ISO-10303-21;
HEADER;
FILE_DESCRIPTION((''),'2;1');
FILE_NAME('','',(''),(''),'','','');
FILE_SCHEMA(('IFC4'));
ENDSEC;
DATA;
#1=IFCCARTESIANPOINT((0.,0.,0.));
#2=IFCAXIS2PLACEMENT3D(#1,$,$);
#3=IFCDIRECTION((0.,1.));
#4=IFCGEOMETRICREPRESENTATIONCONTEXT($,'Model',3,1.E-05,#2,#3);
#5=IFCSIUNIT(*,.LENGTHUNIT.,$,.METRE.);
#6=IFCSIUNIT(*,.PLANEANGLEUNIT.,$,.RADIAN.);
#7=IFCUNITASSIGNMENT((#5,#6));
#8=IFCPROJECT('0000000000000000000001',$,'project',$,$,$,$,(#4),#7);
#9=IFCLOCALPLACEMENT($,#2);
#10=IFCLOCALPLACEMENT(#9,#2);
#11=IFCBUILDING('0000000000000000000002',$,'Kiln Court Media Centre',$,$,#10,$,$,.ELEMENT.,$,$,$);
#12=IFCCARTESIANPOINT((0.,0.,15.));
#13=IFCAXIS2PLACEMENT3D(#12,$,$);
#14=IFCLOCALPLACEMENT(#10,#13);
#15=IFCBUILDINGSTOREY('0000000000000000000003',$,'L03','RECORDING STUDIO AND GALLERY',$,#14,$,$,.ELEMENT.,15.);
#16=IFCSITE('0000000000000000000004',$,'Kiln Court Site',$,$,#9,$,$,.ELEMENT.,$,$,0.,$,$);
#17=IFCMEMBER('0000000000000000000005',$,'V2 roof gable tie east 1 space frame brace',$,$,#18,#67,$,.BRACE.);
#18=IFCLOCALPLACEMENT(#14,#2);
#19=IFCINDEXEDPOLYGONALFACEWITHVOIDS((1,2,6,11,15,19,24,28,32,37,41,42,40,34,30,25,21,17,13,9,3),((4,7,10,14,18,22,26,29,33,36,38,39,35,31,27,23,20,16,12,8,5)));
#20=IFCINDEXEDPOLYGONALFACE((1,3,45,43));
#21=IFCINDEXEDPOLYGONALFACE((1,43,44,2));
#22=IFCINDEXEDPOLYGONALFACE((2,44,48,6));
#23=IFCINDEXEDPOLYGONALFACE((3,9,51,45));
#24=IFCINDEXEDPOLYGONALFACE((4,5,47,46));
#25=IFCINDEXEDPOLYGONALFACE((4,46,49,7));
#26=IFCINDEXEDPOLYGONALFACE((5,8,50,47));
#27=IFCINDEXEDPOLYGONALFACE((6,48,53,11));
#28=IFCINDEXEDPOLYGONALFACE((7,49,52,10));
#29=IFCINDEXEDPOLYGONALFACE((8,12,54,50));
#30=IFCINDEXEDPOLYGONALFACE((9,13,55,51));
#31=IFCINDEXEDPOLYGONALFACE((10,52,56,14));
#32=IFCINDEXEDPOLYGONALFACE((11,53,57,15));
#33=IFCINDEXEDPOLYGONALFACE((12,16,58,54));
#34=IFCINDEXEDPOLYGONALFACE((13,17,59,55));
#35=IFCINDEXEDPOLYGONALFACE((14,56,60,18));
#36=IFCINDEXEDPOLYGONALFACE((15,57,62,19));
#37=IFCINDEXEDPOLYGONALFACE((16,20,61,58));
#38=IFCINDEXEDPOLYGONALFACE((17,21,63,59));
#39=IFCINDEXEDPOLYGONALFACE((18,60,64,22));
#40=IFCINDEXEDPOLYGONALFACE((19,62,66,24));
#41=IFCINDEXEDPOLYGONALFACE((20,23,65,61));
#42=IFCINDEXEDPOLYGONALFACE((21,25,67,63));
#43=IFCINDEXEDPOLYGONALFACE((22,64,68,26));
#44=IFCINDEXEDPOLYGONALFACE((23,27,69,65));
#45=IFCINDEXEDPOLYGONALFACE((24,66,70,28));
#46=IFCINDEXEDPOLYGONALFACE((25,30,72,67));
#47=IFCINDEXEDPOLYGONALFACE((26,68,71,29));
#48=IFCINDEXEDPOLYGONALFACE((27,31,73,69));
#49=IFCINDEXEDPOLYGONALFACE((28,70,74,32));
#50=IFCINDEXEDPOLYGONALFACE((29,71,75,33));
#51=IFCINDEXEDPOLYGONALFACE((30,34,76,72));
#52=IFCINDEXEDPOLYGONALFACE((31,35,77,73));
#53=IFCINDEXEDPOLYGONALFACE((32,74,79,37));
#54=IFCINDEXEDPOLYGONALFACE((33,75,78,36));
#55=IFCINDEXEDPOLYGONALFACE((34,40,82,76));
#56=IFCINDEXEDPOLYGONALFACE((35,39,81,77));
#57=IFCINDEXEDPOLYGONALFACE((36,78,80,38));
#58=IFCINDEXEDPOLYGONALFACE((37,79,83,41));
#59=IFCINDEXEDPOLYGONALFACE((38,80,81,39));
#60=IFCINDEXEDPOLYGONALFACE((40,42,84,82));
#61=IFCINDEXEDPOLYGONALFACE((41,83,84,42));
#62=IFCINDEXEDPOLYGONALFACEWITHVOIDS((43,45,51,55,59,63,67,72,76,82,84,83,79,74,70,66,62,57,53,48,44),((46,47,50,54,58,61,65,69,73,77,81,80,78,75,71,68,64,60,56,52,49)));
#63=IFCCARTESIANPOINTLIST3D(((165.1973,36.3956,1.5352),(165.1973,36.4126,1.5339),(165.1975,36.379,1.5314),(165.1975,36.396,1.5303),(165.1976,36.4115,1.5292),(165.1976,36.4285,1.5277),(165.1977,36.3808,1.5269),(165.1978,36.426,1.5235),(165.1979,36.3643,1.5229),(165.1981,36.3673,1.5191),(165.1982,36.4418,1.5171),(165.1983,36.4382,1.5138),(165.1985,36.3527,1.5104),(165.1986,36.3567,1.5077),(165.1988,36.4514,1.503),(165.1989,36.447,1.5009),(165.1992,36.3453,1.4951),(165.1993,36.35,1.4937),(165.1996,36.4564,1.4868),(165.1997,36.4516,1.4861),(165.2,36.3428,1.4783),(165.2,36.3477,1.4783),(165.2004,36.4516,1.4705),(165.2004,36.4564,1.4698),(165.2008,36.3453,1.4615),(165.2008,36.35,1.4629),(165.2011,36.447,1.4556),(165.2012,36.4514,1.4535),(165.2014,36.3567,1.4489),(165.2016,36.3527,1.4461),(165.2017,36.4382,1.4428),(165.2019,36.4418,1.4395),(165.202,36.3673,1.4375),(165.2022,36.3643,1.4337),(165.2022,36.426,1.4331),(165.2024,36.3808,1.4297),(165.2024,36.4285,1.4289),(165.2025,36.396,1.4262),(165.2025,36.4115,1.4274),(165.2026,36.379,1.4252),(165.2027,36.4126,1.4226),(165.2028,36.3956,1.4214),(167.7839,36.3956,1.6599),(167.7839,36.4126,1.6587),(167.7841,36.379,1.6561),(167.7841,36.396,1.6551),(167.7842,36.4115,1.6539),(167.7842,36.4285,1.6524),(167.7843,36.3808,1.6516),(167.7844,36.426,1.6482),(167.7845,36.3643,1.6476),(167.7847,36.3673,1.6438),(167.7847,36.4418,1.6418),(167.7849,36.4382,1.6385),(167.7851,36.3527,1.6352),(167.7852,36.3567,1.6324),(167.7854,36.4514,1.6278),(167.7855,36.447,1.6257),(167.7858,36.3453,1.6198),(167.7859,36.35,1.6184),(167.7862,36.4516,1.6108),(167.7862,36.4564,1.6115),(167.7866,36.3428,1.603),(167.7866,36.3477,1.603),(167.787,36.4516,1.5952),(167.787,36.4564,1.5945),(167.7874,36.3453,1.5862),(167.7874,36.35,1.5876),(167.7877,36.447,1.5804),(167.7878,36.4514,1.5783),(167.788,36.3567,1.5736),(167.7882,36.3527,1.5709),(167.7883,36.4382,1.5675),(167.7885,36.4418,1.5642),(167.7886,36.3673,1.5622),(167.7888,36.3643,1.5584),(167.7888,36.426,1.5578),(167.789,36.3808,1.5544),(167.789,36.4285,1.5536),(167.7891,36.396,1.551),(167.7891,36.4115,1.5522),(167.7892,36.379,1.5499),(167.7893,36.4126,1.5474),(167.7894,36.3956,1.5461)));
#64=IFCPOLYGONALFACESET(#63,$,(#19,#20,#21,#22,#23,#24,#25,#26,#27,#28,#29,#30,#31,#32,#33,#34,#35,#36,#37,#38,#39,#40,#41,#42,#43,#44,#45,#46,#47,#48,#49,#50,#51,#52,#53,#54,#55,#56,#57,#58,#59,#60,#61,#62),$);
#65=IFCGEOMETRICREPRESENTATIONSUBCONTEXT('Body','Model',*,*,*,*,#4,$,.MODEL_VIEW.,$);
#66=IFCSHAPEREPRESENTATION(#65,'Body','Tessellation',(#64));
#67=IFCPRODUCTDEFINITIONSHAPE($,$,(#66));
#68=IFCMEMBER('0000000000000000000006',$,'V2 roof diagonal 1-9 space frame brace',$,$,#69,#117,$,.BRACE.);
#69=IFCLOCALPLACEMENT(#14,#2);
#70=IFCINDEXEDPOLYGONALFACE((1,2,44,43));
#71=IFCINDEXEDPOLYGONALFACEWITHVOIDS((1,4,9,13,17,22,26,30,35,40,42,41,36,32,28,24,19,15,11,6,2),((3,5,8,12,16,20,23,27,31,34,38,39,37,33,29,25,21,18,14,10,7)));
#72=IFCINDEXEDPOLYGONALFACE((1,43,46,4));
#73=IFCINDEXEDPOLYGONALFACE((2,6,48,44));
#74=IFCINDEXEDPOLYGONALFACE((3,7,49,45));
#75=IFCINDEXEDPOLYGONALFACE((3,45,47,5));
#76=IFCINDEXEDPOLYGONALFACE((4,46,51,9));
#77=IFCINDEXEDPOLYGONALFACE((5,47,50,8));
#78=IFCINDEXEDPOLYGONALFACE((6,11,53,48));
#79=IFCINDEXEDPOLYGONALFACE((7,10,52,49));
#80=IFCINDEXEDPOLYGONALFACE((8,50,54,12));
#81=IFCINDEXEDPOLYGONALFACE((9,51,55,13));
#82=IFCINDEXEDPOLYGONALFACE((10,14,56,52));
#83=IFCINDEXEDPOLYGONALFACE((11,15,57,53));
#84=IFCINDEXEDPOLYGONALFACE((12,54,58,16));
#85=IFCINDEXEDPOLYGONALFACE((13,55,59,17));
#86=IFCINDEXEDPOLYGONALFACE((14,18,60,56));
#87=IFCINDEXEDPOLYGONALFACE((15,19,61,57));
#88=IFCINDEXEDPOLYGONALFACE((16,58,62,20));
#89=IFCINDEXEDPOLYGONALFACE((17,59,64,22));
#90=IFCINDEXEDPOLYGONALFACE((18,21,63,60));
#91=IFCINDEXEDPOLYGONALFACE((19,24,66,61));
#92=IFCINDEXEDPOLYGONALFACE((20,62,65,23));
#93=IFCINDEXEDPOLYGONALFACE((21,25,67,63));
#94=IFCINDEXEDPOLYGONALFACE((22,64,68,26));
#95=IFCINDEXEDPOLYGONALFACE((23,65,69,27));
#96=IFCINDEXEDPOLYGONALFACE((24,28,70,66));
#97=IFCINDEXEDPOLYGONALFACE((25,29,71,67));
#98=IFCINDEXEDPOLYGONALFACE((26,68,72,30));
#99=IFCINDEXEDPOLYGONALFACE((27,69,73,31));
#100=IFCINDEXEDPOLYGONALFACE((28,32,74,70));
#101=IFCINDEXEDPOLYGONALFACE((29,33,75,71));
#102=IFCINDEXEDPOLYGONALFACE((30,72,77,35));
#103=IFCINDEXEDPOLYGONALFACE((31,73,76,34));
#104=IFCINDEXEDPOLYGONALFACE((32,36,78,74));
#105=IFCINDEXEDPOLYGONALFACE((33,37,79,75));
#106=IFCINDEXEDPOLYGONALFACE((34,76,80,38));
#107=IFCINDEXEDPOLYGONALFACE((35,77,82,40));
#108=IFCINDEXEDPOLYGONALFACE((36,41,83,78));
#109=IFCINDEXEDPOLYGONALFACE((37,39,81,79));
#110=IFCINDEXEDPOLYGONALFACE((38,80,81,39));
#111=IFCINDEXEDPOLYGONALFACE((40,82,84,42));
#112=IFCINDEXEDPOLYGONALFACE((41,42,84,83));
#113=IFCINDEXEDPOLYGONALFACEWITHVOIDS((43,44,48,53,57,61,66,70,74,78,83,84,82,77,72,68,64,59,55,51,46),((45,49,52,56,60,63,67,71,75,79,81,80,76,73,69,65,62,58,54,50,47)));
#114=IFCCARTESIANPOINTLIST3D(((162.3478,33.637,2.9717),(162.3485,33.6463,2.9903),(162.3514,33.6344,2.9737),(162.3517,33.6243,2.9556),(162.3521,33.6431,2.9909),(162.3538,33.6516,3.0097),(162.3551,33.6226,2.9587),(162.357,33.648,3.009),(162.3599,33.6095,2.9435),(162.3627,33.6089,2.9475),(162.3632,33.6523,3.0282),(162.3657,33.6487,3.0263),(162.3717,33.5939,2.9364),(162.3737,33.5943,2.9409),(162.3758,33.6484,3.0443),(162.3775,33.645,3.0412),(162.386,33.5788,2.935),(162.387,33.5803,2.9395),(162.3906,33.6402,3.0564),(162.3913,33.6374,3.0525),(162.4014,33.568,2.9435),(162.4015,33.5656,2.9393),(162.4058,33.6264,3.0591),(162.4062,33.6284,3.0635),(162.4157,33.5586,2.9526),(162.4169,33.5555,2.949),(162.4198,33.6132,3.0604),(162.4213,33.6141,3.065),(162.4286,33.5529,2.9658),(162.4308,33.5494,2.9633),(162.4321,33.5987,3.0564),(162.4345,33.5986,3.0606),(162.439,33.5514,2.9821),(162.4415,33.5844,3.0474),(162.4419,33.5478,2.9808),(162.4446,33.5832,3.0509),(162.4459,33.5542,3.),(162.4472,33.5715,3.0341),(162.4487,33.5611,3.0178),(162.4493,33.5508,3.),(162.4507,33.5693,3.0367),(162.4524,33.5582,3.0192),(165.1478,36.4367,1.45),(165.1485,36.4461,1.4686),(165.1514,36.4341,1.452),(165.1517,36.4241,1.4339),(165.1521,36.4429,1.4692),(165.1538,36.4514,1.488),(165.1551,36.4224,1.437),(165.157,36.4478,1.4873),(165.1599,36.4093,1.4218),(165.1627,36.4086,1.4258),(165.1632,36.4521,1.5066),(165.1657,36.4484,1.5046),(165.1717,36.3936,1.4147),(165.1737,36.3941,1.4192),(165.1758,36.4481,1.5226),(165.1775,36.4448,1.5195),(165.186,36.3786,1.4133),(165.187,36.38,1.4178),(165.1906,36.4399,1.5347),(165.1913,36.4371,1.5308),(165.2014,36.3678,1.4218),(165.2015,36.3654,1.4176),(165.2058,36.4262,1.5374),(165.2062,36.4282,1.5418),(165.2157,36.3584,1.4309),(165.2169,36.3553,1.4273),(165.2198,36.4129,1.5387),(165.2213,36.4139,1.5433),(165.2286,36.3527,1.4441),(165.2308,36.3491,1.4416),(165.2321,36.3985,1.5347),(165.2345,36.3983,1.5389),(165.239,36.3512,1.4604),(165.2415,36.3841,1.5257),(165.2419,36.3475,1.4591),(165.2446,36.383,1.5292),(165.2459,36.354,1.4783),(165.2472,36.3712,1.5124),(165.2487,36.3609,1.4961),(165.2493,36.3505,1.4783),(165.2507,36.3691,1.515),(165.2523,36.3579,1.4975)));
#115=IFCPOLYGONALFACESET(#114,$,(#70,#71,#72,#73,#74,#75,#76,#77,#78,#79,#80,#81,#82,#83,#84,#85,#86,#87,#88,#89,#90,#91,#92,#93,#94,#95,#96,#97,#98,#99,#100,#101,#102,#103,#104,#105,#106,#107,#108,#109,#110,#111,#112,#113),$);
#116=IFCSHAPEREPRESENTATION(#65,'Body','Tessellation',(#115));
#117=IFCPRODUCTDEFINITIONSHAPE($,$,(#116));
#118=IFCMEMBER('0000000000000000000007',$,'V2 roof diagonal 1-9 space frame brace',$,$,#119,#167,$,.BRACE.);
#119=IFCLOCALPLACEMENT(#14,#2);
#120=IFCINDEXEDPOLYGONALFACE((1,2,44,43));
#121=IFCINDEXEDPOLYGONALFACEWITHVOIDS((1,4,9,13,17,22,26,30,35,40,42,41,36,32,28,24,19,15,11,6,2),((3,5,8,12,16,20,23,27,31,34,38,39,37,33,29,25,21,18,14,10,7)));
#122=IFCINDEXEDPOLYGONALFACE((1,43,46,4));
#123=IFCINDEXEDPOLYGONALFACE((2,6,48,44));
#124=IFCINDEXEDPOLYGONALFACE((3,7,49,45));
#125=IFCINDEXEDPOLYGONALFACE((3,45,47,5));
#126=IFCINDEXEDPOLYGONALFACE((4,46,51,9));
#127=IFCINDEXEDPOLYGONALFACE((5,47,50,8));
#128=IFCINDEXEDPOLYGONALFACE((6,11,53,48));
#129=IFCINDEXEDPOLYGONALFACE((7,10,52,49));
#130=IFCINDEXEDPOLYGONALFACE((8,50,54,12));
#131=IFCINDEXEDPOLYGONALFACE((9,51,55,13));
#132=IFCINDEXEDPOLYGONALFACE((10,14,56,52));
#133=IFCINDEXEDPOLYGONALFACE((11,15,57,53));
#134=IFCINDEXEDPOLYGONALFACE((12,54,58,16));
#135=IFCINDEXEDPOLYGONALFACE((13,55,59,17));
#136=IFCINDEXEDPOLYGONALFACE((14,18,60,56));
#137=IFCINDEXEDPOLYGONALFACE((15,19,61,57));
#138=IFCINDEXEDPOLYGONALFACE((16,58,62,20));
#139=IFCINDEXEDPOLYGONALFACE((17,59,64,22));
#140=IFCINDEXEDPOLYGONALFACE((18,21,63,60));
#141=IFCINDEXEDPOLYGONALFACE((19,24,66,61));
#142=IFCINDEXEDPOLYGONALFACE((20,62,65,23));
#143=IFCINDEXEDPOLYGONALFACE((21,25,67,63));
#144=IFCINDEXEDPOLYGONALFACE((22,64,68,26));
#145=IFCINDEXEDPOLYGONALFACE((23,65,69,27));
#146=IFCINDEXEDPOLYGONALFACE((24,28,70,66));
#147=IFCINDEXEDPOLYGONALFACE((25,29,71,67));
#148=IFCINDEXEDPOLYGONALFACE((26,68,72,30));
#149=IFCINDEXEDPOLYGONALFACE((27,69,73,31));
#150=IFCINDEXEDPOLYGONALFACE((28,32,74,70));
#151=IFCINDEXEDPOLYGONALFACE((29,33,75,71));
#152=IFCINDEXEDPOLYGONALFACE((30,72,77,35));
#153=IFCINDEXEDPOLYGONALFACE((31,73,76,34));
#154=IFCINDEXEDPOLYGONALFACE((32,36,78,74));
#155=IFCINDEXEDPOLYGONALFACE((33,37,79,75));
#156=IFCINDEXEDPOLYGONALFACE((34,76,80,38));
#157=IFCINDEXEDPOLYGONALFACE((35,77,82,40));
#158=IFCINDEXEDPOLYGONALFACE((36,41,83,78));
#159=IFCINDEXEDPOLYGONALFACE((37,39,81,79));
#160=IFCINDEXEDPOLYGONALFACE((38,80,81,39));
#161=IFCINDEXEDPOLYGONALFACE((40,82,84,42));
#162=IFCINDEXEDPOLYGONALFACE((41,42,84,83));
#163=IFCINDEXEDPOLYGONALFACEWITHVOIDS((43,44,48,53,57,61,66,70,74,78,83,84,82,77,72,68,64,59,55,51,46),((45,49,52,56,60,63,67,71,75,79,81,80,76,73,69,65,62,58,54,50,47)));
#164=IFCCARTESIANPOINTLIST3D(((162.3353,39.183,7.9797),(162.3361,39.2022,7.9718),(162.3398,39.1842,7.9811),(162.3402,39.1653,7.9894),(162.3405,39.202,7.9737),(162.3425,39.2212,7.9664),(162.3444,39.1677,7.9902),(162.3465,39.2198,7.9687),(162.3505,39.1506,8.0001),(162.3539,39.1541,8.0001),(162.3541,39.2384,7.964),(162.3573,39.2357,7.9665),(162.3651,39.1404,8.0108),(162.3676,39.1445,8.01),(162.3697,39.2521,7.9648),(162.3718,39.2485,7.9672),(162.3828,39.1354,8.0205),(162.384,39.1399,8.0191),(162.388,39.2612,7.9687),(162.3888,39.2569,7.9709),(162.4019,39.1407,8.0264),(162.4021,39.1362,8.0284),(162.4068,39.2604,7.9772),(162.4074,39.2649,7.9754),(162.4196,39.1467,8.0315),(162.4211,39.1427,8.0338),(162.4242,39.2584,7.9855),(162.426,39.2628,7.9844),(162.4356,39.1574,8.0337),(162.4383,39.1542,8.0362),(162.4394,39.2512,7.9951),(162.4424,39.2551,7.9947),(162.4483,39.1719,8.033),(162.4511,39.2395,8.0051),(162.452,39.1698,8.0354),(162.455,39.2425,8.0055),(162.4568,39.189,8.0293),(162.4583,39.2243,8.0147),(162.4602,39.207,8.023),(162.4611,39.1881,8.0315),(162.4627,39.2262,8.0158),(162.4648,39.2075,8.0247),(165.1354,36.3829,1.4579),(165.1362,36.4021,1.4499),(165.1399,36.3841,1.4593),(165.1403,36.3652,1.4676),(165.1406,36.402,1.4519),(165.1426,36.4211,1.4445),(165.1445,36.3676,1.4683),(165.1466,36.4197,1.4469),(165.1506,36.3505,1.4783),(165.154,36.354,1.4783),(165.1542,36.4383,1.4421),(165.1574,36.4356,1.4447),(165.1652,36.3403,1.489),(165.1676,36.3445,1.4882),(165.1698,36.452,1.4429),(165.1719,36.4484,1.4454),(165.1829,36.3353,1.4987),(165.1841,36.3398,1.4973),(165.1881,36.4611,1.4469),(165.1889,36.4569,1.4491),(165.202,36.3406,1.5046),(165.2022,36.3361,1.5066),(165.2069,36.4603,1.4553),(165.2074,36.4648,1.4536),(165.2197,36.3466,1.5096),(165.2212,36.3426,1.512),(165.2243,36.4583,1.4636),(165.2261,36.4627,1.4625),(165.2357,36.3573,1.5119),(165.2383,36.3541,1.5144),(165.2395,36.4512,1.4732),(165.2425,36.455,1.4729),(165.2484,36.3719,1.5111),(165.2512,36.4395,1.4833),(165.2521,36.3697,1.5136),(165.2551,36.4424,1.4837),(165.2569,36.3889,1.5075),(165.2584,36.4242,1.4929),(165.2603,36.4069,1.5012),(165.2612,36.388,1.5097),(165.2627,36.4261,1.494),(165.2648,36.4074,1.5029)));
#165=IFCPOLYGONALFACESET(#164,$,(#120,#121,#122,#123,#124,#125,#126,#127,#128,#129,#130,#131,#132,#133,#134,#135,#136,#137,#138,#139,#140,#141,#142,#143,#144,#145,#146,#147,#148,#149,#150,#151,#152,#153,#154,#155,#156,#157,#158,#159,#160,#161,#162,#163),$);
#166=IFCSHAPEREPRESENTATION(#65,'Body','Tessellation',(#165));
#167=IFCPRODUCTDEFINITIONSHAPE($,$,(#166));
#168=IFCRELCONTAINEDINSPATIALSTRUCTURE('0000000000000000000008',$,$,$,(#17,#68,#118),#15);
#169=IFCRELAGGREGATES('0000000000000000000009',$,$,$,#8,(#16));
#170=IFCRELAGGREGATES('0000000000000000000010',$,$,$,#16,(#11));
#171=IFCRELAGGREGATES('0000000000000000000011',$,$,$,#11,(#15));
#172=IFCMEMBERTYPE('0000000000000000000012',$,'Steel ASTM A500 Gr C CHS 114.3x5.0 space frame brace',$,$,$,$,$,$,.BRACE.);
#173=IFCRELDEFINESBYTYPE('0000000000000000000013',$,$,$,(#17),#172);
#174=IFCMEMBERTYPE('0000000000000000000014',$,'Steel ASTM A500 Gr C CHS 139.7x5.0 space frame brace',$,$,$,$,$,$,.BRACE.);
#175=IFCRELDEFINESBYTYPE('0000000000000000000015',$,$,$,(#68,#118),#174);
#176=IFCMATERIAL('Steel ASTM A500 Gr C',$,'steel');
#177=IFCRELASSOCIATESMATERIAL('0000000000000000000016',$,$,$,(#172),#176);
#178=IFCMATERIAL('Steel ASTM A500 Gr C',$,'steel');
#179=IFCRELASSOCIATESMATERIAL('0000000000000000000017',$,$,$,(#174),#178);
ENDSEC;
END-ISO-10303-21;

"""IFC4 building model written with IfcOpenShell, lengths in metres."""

from ifc_helpers import new_model, si_unit, direction, frame, origin, origin_2d, place, context, subcontext, project, spatial, hollow_circle, extrude, material, material_profile, profile_set, type_object, element, save


model = new_model("IFC4")

# Units and contexts
model_context = context("Model", 3, precision=1e-05, world=origin(), true_north=direction((0.0, 1.0)))
body_context = subcontext(model_context, "Body", "Model", "MODEL_VIEW")
ifc_project = project(units=[si_unit("LENGTHUNIT", "METRE"), si_unit("PLANEANGLEUNIT", "RADIAN")], contexts=[model_context])

# Site, building, storey
site_placement = place(None, origin())
site = spatial("IfcSite", under=ifc_project, at=site_placement, Name="Kiln Court Site", CompositionType="ELEMENT", RefElevation=0.0)
building_placement = place(site_placement, origin())
building = spatial("IfcBuilding", under=site, at=building_placement, Name="Kiln Court Media Centre", CompositionType="ELEMENT")
storey_placement = place(building_placement, frame((0.0, 0.0, 15.0)))
storey = spatial("IfcBuildingStorey", under=building, at=storey_placement, Name="L03", Description="RECORDING STUDIO AND GALLERY", CompositionType="ELEMENT", Elevation=15.0)

# Members
ifc_material_1 = material(Name="Steel ASTM A500 Gr C", Category="steel")
ifc_material_profile_1 = material_profile(ifc_material_1, hollow_circle(Radius=0.0571, WallThickness=0.0049, at=origin_2d()), Name="CHS 114.3x5.0")
ifc_profile_set_1 = profile_set([ifc_material_profile_1], Name="Steel ASTM A500 Gr C")
member_type_1 = type_object("IfcMemberType", Name="Steel ASTM A500 Gr C CHS 114.3x5.0 space frame brace", PredefinedType="BRACE", material=ifc_profile_set_1)
member_1_placement = place(storey_placement, frame((167.7866, 36.3999, 1.603), z_axis=(-0.998839, 0.0, -0.048174), x_axis=(0.0, -1.0, 0.0)))
element("IfcMember", 1, at=member_1_placement, inside=storey, type_object=member_type_1, Name="V2 roof gable tie east 1 space frame brace", PredefinedType="BRACE", context=body_context, shape_type="SweptSolid", body=[
    extrude(hollow_circle(Radius=0.0571, WallThickness=0.0049, at=origin_2d()), origin(), (0.0, 0.0, 1.0), 2.5896),
])
ifc_material_2 = material(Name="Steel ASTM A500 Gr C", Category="steel")
ifc_material_profile_2 = material_profile(ifc_material_2, hollow_circle(Radius=0.0698, WallThickness=0.0049, at=origin_2d()), Name="CHS 139.7x5.0")
ifc_profile_set_2 = profile_set([ifc_material_profile_2], Name="Steel ASTM A500 Gr C")
member_type_2 = type_object("IfcMemberType", Name="Steel ASTM A500 Gr C CHS 139.7x5.0 space frame brace", PredefinedType="BRACE", material=ifc_profile_set_2)
member_2_placement = place(storey_placement, frame((165.2, 36.3999, 1.4783), z_axis=(-0.660073, -0.660015, 0.358726), x_axis=(0.707076, -0.707138, 0.0)))
element("IfcMember", 2, at=member_2_placement, inside=storey, type_object=member_type_2, Name="V2 roof diagonal 1-9 space frame brace", PredefinedType="BRACE", context=body_context, shape_type="SweptSolid", body=[
    extrude(hollow_circle(Radius=0.0698, WallThickness=0.0049, at=origin_2d()), origin(), (0.0, 0.0, 1.0), 4.2419),
])
member_3_placement = place(storey_placement, frame((165.2, 36.3999, 1.4783), z_axis=(-0.36699, 0.36699, 0.854773), x_axis=(-0.707107, -0.707107, 0.0)))
element("IfcMember", 3, at=member_3_placement, inside=storey, type_object=member_type_2, Name="V2 roof diagonal 1-9 space frame brace", PredefinedType="BRACE", context=body_context, shape_type="SweptSolid", body=[
    extrude(hollow_circle(Radius=0.0698, WallThickness=0.0049, at=origin_2d()), origin(), (0.0, 0.0, 1.0), 7.6299),
])

save(model, "model.ifc")
